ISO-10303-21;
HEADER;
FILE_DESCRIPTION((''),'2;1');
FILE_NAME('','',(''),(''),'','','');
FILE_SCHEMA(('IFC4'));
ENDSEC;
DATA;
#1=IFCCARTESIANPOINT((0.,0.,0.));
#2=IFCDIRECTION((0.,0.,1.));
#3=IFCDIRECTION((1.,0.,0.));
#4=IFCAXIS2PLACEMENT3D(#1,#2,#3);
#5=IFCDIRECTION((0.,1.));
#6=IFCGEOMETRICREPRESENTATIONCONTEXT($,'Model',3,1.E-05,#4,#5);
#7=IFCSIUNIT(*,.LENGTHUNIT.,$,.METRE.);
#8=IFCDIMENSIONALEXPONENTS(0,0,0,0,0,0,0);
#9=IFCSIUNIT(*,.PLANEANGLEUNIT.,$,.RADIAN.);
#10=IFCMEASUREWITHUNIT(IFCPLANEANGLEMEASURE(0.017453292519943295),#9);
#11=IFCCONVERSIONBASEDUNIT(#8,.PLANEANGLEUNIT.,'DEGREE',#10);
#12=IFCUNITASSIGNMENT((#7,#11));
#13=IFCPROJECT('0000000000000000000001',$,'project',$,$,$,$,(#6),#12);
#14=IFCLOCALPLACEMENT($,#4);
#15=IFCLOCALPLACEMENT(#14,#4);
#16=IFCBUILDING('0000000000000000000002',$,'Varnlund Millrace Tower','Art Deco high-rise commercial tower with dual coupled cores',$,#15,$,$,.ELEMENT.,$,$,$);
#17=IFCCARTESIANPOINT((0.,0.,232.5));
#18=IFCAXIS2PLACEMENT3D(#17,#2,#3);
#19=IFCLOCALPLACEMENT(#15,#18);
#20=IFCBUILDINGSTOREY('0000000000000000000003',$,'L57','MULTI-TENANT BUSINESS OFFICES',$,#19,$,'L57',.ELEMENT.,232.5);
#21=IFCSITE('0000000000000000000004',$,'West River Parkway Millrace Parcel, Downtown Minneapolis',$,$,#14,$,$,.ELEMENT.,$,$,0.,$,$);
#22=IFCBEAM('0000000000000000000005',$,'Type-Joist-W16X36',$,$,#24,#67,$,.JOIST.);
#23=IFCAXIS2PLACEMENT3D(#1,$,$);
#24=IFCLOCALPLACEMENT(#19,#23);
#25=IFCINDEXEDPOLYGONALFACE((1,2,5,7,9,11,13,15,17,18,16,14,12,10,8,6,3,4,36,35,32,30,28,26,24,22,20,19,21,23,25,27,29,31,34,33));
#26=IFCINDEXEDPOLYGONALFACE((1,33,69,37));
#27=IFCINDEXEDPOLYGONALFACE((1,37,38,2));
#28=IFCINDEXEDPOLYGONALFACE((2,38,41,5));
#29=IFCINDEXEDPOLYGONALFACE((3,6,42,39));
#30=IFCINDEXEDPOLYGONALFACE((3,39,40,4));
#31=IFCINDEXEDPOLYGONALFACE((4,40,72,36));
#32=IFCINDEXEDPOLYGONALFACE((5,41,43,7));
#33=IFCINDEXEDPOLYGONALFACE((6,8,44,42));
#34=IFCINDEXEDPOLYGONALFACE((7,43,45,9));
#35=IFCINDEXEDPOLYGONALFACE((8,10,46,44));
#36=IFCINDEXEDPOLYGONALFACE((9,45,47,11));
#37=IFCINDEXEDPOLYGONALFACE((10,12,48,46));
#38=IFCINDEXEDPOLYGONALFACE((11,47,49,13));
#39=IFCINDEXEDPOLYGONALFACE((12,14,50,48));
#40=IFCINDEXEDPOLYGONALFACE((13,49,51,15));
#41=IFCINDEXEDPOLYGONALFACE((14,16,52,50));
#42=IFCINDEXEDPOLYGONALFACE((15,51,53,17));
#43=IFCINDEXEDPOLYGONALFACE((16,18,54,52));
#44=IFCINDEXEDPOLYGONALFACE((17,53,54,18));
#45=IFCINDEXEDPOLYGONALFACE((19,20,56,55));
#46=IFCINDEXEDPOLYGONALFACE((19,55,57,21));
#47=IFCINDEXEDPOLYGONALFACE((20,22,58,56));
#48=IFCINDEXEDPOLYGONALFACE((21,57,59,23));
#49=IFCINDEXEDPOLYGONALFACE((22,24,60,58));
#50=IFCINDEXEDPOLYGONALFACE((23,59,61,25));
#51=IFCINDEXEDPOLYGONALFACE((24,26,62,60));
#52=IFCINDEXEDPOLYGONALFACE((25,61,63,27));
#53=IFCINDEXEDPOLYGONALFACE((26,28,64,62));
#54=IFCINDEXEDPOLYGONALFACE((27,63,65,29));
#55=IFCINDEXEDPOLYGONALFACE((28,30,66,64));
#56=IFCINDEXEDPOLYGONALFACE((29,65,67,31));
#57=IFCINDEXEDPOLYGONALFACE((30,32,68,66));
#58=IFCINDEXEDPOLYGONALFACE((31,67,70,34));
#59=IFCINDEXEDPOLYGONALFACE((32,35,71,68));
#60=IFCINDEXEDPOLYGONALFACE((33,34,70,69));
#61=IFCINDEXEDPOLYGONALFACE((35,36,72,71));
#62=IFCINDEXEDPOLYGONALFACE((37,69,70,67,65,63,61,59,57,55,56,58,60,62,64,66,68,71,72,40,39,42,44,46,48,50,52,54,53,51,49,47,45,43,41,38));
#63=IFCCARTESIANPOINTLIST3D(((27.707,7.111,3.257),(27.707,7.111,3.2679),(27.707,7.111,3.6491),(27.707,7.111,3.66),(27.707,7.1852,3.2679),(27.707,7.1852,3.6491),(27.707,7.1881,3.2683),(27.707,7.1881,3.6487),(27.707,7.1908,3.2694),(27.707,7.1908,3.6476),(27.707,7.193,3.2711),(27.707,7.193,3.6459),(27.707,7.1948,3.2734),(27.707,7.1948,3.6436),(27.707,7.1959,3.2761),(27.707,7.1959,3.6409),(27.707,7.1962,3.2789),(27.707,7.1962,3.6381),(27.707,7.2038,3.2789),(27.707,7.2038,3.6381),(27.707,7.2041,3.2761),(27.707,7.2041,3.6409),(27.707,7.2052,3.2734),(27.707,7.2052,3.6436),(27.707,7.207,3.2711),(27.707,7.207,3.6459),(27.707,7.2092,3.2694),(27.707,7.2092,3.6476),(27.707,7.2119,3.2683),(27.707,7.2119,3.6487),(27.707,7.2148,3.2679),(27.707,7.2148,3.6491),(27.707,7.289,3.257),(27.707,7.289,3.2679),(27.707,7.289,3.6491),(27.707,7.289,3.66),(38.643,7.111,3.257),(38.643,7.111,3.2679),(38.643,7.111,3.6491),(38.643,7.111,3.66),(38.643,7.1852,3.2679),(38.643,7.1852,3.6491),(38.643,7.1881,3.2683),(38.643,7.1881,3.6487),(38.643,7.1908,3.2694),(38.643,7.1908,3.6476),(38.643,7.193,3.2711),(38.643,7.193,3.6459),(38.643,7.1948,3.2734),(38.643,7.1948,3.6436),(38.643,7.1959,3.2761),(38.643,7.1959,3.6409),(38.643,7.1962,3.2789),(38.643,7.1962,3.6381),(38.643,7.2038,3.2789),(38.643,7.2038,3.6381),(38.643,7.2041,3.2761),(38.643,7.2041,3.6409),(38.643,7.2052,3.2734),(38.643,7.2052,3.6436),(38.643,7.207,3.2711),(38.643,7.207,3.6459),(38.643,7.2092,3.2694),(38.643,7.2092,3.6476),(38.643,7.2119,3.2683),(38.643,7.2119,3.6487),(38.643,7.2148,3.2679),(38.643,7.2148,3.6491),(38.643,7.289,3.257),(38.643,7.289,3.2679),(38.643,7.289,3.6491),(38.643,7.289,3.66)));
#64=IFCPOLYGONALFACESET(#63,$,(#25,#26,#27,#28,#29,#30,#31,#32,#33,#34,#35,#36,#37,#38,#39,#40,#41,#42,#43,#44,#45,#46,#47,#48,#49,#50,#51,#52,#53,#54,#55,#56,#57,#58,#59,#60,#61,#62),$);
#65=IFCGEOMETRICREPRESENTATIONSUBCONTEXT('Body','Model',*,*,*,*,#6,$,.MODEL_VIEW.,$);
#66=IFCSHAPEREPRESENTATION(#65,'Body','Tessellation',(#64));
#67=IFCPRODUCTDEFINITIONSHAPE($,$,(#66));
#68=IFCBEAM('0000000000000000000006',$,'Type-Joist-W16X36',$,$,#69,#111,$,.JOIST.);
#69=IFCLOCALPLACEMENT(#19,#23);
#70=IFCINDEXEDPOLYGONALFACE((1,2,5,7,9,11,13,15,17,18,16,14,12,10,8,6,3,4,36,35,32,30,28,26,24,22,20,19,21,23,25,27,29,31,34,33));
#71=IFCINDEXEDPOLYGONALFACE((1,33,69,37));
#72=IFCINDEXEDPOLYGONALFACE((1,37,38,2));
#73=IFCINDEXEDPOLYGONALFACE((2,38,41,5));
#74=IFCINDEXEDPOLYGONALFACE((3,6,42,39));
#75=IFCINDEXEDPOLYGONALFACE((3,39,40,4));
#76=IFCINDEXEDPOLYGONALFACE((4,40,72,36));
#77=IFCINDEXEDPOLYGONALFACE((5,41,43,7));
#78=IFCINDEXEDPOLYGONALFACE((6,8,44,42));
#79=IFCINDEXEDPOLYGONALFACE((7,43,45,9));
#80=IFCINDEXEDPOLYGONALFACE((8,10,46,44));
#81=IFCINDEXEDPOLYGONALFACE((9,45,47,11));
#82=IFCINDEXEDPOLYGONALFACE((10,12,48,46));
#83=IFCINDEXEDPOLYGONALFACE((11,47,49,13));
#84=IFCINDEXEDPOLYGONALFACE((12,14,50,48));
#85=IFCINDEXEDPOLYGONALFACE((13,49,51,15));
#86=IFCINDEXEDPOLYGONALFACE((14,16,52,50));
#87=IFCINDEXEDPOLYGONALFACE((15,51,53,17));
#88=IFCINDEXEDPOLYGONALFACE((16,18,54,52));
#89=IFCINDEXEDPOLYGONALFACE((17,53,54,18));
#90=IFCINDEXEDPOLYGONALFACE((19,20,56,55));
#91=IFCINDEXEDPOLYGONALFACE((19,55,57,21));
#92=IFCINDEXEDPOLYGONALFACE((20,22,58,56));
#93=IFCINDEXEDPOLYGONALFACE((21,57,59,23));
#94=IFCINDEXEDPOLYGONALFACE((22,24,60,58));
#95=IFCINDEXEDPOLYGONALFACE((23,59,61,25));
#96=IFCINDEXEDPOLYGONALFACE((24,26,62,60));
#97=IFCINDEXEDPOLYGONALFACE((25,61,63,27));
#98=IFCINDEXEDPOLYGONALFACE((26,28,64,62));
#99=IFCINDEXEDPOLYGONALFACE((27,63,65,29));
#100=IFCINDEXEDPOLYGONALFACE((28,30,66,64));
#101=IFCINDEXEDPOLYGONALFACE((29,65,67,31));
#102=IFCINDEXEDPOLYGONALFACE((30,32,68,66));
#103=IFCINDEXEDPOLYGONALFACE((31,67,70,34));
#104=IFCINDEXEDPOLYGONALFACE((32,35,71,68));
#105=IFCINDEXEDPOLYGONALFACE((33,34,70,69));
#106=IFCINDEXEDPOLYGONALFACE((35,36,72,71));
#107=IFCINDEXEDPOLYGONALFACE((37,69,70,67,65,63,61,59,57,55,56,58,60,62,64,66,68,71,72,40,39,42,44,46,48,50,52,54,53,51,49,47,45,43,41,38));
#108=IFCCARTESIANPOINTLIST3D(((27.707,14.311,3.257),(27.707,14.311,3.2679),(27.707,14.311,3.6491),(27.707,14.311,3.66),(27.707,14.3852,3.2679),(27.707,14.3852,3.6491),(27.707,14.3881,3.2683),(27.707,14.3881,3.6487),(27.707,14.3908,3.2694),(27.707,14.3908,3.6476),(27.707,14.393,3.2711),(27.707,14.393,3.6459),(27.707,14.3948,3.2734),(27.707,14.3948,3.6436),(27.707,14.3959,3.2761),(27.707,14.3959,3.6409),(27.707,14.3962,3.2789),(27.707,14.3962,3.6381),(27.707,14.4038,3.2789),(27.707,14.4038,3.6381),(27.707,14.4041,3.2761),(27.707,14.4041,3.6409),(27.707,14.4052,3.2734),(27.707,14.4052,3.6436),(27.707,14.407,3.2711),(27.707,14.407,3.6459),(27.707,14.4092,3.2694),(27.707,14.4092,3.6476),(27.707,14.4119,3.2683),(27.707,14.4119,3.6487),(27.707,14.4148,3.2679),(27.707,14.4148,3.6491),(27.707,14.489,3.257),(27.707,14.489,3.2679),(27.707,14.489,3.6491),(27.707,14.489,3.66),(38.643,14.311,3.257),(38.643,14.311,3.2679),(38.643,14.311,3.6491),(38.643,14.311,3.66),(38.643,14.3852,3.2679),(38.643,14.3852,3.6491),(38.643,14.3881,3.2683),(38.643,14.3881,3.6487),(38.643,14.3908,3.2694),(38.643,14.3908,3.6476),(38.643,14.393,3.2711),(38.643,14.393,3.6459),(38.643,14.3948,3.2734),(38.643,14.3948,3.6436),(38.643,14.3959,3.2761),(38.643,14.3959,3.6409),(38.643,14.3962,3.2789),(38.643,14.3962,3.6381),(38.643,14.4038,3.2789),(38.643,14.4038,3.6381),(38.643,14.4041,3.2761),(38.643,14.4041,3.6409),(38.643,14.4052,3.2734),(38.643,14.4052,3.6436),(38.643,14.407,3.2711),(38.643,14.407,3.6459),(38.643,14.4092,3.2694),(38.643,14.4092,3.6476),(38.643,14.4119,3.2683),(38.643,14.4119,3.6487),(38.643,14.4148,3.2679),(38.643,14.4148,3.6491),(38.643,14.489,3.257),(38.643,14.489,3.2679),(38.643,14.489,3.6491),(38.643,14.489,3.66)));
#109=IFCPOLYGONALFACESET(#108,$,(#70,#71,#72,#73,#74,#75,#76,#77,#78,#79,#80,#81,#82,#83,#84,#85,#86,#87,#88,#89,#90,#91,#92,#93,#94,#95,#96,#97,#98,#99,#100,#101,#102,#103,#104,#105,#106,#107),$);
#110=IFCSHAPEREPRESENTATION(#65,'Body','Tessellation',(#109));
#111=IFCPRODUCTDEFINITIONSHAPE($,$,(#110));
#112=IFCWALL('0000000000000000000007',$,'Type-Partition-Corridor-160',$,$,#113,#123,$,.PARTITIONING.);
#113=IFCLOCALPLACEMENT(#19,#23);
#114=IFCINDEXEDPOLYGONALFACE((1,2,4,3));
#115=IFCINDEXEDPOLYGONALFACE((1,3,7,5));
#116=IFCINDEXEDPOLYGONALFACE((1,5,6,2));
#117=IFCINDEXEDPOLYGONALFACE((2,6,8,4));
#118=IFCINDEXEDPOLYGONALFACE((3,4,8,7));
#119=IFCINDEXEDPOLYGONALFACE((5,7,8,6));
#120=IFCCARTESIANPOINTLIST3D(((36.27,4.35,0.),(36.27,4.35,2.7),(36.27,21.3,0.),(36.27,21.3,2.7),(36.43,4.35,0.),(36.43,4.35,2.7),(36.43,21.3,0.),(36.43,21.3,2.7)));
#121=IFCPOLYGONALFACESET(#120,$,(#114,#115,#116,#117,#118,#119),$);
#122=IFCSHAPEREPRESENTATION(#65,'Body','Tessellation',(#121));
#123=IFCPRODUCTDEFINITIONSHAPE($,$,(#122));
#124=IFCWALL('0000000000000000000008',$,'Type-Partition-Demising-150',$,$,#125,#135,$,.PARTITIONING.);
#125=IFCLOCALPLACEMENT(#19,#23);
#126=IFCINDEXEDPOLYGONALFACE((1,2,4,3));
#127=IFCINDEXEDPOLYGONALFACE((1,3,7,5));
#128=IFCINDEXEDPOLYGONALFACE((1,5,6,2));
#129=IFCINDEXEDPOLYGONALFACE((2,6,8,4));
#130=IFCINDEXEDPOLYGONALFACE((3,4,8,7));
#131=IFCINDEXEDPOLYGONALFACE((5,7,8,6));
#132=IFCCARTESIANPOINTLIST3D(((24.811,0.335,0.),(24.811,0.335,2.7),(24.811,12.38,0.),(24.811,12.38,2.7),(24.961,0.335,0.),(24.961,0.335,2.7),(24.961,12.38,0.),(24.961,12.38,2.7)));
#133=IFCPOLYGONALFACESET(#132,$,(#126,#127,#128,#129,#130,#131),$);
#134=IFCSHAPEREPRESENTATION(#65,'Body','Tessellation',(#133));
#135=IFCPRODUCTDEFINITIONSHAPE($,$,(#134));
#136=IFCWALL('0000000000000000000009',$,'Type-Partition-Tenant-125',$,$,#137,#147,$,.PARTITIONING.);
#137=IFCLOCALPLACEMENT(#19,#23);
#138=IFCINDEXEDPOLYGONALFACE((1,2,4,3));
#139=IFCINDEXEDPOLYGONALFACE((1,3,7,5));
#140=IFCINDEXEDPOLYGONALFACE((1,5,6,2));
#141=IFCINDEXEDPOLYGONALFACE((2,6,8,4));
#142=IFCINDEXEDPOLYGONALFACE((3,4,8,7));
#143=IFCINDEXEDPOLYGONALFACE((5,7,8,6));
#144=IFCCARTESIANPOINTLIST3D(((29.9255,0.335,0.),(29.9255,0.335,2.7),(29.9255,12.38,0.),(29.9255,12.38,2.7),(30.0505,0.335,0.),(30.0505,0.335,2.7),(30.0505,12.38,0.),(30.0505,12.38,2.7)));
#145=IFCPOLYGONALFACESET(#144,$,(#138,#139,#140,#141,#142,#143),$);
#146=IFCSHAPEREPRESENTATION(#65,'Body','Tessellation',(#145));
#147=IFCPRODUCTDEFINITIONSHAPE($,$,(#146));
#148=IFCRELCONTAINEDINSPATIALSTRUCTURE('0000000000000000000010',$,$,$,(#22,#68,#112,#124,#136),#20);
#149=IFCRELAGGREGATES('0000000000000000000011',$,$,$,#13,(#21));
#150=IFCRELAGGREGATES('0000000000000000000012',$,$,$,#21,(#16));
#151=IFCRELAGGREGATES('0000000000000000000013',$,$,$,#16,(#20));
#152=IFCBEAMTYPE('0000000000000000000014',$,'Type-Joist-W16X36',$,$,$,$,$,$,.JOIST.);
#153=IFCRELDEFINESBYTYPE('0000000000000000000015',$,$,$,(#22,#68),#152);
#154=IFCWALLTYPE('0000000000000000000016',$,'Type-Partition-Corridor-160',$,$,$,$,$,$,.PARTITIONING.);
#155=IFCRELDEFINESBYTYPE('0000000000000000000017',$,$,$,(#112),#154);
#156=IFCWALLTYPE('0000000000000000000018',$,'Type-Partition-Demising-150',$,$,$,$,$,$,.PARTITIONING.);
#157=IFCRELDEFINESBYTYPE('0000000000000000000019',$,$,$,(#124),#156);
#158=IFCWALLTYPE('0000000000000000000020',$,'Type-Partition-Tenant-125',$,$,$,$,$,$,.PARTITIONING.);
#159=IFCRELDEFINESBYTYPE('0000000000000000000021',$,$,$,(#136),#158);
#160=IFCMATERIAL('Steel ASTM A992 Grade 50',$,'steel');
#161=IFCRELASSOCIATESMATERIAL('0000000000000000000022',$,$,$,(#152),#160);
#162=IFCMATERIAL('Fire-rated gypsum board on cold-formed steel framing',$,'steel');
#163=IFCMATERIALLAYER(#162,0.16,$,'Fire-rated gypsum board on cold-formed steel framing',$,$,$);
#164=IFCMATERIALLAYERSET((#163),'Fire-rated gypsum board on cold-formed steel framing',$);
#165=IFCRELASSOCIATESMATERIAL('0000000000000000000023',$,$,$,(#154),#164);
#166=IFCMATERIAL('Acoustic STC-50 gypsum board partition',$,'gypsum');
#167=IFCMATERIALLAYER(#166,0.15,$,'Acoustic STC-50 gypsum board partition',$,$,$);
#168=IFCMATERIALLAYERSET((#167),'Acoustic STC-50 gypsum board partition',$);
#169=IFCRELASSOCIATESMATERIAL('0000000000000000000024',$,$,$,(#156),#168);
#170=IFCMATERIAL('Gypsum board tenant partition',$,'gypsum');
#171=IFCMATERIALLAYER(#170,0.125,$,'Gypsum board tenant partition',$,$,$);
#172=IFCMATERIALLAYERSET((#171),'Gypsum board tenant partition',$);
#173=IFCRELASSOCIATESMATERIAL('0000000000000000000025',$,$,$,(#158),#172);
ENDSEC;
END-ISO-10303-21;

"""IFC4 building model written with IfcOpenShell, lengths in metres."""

from ifc_helpers import new_model, entity, si_unit, converted_unit, direction, frame, origin_with_axes, origin_2d_with_axis, place, context, subcontext, project, spatial, polyline, i_section, outline, extrude, material, layer, layer_set, material_profile, profile_set, type_object, element, save


model = new_model("IFC4")

# Units and contexts
model_context = context("Model", 3, precision=1e-05, world=origin_with_axes(), true_north=direction((0.0, 1.0)))
body_context = subcontext(model_context, "Body", "Model", "MODEL_VIEW")
ifc_project = project(units=[si_unit("LENGTHUNIT", "METRE"), converted_unit("PLANEANGLEUNIT", "DEGREE", entity("IfcPlaneAngleMeasure", 0.017453292519943295), si_unit("PLANEANGLEUNIT", "RADIAN"), dimensions=[0, 0, 0, 0, 0, 0, 0])], contexts=[model_context])

# Site, building, storey
site_placement = place(None, origin_with_axes())
site = spatial("IfcSite", under=ifc_project, at=site_placement, Name="West River Parkway Millrace Parcel, Downtown Minneapolis", CompositionType="ELEMENT", RefElevation=0.0)
building_placement = place(site_placement, origin_with_axes())
building = spatial("IfcBuilding", under=site, at=building_placement, Name="Varnlund Millrace Tower", Description="Art Deco high-rise commercial tower with dual coupled cores", CompositionType="ELEMENT")
storey_placement = place(building_placement, frame((0.0, 0.0, 232.5), z_axis=(0.0, 0.0, 1.0), x_axis=(1.0, 0.0, 0.0)))
storey = spatial("IfcBuildingStorey", under=building, at=storey_placement, Name="L57", Description="MULTI-TENANT BUSINESS OFFICES", LongName="L57", CompositionType="ELEMENT", Elevation=232.5)

# Beams
ifc_material_1 = material(Name="Steel ASTM A992 Grade 50", Category="steel")
ifc_material_profile_1 = material_profile(ifc_material_1, i_section(OverallWidth=0.178, OverallDepth=0.403, WebThickness=0.0075, FlangeThickness=0.0109, FilletRadius=0.011, at=origin_2d_with_axis()), Name="Steel ASTM A992 Grade 50")
ifc_profile_set_1 = profile_set([ifc_material_profile_1], Name="Steel ASTM A992 Grade 50")
beam_type_1 = type_object("IfcBeamType", Name="Type-Joist-W16X36", PredefinedType="JOIST", material=ifc_profile_set_1)
for number, where, z_axis, x_axis, name in (
    (1, (27.707, 7.2, 3.4585), (1.0, 0.0, 0.0), (0.0, 1.0, 0.0), "Type-Joist-W16X36"),
    (2, (27.707, 14.4, 3.4585), (1.0, 0.0, 0.0), (0.0, 1.0, 0.0), "Type-Joist-W16X36"),
):
    element("IfcBeam", number, at=place(storey_placement, frame(where, z_axis=z_axis, x_axis=x_axis)), inside=storey, type_object=beam_type_1, Name=name, PredefinedType="JOIST", context=body_context, shape_type="SweptSolid", body=[
        extrude(i_section(OverallWidth=0.178, OverallDepth=0.403, WebThickness=0.0075, FlangeThickness=0.0109, FilletRadius=0.011, at=origin_2d_with_axis()), origin_with_axes(), (0.0, 0.0, 1.0), 10.936),
    ])

# Walls
ifc_material_2 = material(Name="Fire-rated gypsum board on cold-formed steel framing", Category="steel")
ifc_layer_1 = layer(ifc_material_2, 0.16, Name="Fire-rated gypsum board on cold-formed steel framing")
ifc_layer_set_1 = layer_set([ifc_layer_1], Name="Fire-rated gypsum board on cold-formed steel framing")
wall_type_1 = type_object("IfcWallType", Name="Type-Partition-Corridor-160", PredefinedType="PARTITIONING", material=ifc_layer_set_1)
wall_1_placement = place(storey_placement, frame((36.35, 4.35, 0.0), z_axis=(0.0, 0.0, 1.0), x_axis=(0.0, 1.0, 0.0)))
element("IfcWall", 3, at=wall_1_placement, inside=storey, type_object=wall_type_1, Name="Type-Partition-Corridor-160", PredefinedType="PARTITIONING", context=body_context, shape_type="SweptSolid", body=[
    extrude(outline(polyline([(0.0, -0.08), (16.95, -0.08), (16.95, 0.08), (0.0, 0.08), (0.0, -0.08)])), origin_with_axes(), (0.0, 0.0, 1.0), 2.7),
])
ifc_material_3 = material(Name="Acoustic STC-50 gypsum board partition", Category="gypsum")
ifc_layer_2 = layer(ifc_material_3, 0.15, Name="Acoustic STC-50 gypsum board partition")
ifc_layer_set_2 = layer_set([ifc_layer_2], Name="Acoustic STC-50 gypsum board partition")
wall_type_2 = type_object("IfcWallType", Name="Type-Partition-Demising-150", PredefinedType="PARTITIONING", material=ifc_layer_set_2)
wall_2_placement = place(storey_placement, frame((24.886, 0.335, 0.0), z_axis=(0.0, 0.0, 1.0), x_axis=(0.0, 1.0, 0.0)))
element("IfcWall", 4, at=wall_2_placement, inside=storey, type_object=wall_type_2, Name="Type-Partition-Demising-150", PredefinedType="PARTITIONING", context=body_context, shape_type="SweptSolid", body=[
    extrude(outline(polyline([(0.0, -0.075), (12.045, -0.075), (12.045, 0.075), (0.0, 0.075), (0.0, -0.075)])), origin_with_axes(), (0.0, 0.0, 1.0), 2.7),
])
ifc_material_4 = material(Name="Gypsum board tenant partition", Category="gypsum")
ifc_layer_3 = layer(ifc_material_4, 0.125, Name="Gypsum board tenant partition")
ifc_layer_set_3 = layer_set([ifc_layer_3], Name="Gypsum board tenant partition")
wall_type_3 = type_object("IfcWallType", Name="Type-Partition-Tenant-125", PredefinedType="PARTITIONING", material=ifc_layer_set_3)
wall_3_placement = place(storey_placement, frame((29.988, 0.335, 0.0), z_axis=(0.0, 0.0, 1.0), x_axis=(0.0, 1.0, 0.0)))
element("IfcWall", 5, at=wall_3_placement, inside=storey, type_object=wall_type_3, Name="Type-Partition-Tenant-125", PredefinedType="PARTITIONING", context=body_context, shape_type="SweptSolid", body=[
    extrude(outline(polyline([(0.0, -0.0625), (12.045, -0.0625), (12.045, 0.0625), (0.0, 0.0625), (0.0, -0.0625)])), origin_with_axes(), (0.0, 0.0, 1.0), 2.7),
])

save(model, "model.ifc")
